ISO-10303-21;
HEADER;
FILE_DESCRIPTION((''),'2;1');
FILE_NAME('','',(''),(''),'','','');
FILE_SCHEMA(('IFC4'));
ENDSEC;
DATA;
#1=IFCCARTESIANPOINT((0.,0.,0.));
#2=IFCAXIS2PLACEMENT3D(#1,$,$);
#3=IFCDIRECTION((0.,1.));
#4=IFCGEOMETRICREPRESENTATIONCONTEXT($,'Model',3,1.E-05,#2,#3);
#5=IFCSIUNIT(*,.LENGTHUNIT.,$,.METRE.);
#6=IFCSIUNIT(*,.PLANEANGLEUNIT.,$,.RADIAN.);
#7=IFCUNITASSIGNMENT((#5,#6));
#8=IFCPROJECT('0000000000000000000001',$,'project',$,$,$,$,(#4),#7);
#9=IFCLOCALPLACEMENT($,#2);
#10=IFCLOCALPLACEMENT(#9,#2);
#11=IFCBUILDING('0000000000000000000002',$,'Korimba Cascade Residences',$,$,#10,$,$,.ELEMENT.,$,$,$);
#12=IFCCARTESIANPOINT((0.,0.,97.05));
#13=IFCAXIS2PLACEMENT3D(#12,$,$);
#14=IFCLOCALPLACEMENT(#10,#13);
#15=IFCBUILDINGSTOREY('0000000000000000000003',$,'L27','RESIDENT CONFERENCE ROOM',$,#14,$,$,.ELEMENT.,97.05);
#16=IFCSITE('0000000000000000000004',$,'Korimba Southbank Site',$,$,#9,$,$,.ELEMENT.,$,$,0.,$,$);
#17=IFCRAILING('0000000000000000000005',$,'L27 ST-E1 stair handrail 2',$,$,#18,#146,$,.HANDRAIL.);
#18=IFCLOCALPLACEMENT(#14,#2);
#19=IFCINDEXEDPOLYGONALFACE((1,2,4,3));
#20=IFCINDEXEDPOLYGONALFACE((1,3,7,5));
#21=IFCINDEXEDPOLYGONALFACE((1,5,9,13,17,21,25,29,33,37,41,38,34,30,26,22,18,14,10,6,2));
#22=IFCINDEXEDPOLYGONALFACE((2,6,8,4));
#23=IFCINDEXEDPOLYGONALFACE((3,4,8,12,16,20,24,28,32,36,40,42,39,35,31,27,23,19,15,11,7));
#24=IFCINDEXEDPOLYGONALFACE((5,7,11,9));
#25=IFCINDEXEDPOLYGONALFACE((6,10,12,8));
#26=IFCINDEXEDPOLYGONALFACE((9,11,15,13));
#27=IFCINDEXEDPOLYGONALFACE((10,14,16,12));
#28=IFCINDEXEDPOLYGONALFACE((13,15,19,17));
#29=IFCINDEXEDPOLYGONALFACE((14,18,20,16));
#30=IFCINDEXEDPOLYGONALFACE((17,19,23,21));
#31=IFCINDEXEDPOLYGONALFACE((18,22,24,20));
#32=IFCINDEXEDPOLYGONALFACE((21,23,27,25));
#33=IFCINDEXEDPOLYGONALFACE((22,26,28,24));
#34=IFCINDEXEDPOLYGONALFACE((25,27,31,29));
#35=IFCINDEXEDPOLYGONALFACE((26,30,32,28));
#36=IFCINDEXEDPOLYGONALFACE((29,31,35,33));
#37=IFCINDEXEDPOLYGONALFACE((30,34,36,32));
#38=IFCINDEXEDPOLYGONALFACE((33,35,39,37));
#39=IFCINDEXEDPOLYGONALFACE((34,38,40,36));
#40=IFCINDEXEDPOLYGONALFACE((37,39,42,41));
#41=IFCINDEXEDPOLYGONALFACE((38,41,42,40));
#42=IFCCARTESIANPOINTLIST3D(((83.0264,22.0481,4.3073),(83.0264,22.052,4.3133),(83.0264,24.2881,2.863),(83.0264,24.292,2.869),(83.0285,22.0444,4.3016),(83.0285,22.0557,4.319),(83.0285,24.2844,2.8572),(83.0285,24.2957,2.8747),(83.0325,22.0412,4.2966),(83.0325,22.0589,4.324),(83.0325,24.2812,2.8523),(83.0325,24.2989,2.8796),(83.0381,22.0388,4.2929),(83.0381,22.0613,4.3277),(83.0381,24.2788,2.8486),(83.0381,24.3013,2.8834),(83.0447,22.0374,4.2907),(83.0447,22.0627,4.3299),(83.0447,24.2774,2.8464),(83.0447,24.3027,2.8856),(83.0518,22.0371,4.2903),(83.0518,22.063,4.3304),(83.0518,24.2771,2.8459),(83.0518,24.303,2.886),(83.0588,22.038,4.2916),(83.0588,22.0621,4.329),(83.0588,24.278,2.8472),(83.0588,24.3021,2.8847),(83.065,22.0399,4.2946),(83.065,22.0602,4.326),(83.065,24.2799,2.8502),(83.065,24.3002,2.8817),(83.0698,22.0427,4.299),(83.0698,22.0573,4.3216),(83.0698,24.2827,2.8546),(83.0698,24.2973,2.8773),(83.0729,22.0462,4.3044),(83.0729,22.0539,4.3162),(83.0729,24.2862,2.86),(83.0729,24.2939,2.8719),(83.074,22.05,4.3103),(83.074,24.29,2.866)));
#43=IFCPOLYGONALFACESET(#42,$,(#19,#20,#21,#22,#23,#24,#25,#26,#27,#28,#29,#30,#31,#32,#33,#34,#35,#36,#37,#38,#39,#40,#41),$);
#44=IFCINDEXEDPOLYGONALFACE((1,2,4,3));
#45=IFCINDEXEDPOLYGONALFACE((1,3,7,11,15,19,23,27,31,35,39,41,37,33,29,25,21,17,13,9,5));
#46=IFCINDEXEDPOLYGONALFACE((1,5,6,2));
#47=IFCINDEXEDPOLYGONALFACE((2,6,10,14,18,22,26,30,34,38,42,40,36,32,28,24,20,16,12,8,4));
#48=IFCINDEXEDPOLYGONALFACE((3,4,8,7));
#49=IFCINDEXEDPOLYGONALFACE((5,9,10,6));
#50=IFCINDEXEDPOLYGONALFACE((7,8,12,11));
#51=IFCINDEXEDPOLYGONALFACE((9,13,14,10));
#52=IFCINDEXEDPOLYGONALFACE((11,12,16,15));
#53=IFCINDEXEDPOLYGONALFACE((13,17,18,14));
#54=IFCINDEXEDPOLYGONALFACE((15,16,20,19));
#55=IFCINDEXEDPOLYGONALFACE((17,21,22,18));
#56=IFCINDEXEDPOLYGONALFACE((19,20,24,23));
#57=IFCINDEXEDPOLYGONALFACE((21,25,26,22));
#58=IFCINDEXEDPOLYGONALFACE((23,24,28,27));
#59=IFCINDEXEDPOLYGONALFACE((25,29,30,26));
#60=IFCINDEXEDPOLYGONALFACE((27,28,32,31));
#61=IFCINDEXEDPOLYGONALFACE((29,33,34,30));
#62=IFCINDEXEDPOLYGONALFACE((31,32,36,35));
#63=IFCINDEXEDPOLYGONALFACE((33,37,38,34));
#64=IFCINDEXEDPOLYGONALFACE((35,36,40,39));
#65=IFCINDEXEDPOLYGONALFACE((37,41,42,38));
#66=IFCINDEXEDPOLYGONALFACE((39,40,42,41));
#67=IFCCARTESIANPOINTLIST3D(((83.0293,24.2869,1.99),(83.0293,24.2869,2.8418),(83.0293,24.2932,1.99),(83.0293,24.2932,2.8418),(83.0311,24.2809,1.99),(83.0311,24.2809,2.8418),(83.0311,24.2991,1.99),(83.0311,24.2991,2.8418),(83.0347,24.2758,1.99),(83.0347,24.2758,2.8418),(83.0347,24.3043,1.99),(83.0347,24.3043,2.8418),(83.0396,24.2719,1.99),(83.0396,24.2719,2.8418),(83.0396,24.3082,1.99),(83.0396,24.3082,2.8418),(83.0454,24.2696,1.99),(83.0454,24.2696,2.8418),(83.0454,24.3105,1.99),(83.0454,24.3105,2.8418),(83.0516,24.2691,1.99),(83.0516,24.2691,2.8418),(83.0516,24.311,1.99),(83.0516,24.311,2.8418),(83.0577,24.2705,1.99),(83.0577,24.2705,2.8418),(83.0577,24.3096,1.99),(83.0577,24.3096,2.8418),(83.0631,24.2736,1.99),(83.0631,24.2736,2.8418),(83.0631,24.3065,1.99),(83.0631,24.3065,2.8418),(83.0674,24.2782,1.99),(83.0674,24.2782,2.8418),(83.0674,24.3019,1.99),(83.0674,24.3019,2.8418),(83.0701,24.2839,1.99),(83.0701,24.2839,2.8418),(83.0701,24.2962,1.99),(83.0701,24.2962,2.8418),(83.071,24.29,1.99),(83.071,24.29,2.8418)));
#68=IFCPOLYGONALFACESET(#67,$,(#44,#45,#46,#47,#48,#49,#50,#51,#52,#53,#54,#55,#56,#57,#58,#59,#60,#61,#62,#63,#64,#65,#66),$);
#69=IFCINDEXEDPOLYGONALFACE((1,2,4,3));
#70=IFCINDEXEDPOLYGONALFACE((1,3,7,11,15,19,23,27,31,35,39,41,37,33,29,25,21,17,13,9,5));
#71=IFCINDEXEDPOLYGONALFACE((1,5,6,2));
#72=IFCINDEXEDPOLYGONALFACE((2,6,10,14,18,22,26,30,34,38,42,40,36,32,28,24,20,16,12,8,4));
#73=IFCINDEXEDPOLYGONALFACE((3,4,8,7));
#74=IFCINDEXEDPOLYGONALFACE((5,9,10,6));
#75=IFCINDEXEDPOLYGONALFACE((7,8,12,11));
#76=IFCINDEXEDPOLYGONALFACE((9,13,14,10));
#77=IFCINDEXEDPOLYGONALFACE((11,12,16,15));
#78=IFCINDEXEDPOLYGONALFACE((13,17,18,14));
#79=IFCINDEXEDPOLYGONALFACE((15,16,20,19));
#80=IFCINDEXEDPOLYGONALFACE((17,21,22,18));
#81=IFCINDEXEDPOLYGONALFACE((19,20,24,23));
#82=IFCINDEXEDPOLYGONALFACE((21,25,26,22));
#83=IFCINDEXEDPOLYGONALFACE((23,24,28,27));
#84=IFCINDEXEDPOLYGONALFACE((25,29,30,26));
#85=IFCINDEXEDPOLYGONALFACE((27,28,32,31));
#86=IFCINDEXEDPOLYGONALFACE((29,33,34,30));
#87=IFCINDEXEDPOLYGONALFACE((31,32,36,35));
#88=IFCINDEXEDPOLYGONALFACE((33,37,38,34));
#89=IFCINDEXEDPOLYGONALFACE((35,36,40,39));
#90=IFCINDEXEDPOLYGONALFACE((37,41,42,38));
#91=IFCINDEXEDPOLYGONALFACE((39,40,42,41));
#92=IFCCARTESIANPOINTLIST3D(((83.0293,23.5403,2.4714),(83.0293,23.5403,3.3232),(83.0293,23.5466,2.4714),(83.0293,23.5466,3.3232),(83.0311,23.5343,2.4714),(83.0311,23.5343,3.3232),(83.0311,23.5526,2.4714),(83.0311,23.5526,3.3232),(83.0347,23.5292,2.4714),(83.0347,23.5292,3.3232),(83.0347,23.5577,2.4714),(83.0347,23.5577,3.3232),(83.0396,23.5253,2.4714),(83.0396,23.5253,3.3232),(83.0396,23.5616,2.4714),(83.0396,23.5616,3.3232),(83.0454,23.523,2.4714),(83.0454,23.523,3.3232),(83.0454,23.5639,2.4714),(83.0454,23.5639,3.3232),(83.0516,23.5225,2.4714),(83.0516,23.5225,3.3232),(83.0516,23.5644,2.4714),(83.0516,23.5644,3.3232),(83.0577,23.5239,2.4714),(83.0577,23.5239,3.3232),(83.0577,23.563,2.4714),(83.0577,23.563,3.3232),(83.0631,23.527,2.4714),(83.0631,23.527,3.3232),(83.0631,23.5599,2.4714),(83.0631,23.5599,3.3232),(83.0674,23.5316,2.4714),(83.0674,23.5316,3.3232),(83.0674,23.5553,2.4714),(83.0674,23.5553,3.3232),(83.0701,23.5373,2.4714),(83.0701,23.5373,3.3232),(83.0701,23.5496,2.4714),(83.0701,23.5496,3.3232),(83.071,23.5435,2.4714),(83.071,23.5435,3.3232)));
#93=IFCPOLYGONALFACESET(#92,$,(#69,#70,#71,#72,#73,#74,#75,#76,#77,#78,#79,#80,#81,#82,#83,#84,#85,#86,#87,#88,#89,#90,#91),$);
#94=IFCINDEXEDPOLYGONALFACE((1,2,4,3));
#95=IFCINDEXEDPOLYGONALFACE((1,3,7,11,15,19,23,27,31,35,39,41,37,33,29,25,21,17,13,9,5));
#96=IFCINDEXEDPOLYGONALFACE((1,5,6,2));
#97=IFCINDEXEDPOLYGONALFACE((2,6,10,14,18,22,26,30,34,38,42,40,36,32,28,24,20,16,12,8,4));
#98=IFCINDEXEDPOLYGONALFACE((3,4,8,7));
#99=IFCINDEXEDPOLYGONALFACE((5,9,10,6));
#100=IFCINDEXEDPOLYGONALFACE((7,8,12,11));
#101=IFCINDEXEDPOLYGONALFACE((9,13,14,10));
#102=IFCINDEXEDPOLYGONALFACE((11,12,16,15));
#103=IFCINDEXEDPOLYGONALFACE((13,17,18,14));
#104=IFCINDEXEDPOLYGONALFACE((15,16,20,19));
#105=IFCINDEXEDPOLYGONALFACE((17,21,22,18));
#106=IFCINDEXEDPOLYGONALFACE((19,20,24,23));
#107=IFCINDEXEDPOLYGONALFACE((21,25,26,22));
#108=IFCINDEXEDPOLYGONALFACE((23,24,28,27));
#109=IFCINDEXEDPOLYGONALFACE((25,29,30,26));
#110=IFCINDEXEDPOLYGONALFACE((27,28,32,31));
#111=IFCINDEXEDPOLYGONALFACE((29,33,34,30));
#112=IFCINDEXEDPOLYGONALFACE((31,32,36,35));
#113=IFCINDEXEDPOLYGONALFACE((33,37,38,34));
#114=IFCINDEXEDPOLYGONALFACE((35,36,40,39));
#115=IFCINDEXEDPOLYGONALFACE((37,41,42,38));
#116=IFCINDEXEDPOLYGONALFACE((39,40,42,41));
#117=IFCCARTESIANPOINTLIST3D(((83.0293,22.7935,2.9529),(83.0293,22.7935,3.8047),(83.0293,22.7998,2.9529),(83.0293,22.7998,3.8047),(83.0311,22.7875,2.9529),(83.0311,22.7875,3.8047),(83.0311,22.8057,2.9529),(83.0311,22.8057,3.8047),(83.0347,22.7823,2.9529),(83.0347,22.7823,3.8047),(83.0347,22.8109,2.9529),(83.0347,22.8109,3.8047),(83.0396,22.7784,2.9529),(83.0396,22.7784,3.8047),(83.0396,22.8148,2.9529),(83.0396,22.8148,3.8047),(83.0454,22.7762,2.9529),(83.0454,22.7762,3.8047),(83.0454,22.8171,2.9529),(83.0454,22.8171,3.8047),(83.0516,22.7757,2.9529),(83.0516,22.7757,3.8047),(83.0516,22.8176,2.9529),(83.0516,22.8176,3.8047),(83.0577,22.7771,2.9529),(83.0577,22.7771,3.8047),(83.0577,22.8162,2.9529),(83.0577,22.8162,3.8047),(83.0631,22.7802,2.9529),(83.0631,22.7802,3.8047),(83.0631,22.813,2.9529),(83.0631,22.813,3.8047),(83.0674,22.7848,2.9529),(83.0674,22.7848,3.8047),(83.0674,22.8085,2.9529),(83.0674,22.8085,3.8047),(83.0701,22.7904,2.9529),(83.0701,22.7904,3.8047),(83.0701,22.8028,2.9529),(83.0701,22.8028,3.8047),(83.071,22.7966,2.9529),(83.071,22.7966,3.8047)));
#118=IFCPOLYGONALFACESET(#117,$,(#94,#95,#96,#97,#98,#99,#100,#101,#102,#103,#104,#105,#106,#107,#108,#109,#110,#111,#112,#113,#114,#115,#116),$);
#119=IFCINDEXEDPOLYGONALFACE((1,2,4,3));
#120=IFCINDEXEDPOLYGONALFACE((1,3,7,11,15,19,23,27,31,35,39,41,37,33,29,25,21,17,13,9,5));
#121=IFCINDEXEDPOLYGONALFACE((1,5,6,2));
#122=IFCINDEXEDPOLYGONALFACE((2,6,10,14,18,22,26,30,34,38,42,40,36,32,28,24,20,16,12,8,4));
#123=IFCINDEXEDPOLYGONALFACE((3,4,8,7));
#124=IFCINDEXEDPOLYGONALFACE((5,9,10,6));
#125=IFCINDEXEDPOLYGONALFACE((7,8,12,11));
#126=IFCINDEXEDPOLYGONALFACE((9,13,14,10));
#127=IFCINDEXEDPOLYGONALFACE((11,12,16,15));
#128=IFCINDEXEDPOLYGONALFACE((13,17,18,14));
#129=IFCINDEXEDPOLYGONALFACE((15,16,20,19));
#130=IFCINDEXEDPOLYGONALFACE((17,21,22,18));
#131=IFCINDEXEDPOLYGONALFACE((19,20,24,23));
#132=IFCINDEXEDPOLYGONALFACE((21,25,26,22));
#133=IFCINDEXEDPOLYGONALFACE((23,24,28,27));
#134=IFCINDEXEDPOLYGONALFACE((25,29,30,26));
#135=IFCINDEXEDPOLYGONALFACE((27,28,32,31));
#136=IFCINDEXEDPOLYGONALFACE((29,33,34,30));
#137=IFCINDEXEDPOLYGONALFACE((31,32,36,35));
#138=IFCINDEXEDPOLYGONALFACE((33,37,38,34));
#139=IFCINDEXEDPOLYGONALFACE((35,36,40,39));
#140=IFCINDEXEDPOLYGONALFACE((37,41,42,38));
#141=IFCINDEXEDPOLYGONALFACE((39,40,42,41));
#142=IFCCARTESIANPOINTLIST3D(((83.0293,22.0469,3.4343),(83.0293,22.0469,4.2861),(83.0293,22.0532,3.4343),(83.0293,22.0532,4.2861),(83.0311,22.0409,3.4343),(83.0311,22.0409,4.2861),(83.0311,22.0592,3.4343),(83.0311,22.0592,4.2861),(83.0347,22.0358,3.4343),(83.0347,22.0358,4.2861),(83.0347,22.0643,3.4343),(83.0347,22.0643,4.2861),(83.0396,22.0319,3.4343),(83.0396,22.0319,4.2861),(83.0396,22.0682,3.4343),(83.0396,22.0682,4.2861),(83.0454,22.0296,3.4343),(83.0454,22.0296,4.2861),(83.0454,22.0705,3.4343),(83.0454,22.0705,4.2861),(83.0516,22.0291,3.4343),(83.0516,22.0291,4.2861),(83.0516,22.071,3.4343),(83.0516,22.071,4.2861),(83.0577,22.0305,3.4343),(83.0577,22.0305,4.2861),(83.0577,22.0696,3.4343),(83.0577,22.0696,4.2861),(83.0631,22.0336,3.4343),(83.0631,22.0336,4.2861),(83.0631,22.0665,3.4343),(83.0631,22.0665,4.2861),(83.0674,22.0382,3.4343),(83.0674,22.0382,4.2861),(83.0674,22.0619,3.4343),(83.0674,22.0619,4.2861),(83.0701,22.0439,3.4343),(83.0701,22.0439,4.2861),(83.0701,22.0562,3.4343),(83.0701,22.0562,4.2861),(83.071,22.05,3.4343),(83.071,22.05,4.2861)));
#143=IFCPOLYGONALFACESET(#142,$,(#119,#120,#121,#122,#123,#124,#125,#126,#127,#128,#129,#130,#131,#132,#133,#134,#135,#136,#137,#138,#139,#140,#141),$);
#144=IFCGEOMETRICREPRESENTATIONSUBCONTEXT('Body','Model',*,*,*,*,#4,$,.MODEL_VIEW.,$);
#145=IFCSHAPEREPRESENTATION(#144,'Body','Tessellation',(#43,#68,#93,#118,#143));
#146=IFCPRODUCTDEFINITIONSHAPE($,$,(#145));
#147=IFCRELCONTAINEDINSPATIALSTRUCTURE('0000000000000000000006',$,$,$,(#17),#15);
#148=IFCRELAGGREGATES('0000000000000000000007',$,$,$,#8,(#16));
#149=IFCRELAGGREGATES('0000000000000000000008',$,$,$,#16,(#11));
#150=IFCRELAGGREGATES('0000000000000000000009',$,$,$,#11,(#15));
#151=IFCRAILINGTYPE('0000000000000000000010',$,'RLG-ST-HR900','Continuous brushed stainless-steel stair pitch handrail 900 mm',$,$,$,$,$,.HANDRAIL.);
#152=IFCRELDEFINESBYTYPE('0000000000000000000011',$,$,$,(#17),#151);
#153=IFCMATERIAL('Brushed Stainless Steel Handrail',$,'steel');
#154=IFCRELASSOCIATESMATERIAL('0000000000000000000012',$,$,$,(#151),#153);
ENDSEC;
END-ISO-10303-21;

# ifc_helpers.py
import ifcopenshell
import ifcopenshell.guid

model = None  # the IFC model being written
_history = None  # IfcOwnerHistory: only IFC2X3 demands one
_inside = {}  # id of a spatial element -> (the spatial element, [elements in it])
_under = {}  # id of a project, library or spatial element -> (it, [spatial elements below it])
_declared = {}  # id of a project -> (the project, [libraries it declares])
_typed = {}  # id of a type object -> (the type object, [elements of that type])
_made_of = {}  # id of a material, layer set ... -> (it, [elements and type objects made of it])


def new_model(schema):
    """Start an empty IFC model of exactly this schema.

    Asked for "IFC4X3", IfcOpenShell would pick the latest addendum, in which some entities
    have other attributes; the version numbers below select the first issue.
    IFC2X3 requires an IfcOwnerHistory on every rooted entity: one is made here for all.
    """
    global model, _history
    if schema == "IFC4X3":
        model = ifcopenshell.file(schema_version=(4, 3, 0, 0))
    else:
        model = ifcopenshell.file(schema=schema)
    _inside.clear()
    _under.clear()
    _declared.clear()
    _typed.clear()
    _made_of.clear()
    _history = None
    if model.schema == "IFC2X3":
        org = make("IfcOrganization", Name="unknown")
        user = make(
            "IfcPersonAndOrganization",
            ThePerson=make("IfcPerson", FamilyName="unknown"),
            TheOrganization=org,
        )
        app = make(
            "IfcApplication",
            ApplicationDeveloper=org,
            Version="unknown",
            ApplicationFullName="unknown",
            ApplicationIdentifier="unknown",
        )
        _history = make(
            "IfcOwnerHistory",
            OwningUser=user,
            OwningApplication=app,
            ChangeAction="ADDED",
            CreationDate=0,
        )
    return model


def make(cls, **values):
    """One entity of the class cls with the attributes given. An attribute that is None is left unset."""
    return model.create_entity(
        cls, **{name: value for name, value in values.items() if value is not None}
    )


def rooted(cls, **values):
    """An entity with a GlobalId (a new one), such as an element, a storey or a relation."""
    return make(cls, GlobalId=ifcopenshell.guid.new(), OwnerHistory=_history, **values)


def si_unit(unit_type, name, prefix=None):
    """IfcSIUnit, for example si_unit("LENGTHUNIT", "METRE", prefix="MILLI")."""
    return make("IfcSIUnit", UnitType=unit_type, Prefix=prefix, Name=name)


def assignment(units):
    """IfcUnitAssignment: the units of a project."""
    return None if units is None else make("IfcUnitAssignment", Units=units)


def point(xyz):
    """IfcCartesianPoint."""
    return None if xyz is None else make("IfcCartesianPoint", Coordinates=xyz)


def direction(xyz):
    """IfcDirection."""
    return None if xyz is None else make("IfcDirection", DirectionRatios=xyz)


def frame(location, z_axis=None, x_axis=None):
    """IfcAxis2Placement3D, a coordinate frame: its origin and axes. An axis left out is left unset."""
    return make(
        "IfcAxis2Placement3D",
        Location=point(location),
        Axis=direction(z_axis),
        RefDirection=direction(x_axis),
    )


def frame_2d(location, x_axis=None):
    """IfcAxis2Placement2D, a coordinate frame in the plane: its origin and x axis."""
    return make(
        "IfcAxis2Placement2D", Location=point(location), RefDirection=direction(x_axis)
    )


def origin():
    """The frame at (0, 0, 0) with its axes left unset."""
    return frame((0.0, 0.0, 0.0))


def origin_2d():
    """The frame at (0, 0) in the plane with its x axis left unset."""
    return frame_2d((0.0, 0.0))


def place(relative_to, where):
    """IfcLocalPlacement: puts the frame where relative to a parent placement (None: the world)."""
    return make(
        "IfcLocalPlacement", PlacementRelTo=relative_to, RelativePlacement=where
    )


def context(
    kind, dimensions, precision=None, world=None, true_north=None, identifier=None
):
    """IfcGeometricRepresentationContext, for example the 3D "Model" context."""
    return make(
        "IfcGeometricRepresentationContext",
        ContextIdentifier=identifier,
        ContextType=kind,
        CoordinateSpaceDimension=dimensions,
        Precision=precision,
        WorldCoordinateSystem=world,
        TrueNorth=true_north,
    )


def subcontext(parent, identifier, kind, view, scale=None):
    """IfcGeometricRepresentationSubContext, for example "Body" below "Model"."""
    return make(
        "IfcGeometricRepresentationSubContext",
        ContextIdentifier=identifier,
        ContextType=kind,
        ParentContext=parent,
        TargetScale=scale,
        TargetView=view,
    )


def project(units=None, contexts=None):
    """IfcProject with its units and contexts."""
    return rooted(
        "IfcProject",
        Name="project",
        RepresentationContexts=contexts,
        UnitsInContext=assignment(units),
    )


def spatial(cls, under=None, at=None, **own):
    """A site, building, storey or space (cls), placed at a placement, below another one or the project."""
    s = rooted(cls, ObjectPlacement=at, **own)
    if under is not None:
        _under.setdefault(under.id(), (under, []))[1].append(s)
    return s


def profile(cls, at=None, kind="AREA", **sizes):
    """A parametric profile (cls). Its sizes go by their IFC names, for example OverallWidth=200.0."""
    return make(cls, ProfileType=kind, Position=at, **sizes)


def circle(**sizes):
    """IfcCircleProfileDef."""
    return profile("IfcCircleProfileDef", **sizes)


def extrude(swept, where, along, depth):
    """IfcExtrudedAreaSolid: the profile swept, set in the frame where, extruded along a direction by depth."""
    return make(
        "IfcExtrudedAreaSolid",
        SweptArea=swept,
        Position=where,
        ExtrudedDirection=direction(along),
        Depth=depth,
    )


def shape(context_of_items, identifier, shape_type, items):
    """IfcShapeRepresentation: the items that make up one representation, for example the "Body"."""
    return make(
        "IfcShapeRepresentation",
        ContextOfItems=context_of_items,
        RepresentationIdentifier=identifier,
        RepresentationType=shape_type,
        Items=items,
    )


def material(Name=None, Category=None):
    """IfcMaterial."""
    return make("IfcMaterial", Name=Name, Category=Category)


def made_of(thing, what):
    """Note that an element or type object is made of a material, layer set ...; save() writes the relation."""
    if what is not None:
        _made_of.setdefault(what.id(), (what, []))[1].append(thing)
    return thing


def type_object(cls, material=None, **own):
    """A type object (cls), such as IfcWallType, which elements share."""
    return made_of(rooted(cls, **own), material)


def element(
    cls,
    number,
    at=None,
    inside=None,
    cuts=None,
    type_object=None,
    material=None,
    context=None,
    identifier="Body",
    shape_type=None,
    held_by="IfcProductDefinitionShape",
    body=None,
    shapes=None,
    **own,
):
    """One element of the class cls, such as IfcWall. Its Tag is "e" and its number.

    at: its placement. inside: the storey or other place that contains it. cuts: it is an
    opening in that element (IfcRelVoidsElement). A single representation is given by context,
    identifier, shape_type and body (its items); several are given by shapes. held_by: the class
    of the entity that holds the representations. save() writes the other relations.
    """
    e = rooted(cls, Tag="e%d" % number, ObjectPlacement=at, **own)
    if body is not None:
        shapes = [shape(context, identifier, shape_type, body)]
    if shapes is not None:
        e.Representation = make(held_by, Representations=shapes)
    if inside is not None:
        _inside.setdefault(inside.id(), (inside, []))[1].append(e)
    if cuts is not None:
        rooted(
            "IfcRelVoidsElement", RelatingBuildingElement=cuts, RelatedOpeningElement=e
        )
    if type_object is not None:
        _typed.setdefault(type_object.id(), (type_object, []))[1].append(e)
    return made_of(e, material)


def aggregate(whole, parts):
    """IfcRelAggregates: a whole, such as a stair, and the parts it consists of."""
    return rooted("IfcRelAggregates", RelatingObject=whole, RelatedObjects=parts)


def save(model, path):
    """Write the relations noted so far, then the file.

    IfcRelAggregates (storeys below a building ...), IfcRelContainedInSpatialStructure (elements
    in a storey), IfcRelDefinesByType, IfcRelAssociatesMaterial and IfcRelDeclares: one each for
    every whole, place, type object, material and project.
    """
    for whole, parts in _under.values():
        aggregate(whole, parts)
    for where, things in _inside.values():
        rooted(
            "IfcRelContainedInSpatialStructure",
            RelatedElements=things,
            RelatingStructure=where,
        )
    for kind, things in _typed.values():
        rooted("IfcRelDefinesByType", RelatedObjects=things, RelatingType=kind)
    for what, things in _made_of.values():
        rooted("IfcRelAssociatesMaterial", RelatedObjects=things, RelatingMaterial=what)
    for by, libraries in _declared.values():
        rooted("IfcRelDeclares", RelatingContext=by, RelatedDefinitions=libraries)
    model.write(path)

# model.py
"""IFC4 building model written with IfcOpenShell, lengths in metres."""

from ifc_helpers import new_model, si_unit, direction, frame, origin, origin_2d, place, context, subcontext, project, spatial, circle, extrude, material, type_object, element, save


model = new_model("IFC4")

# Units and contexts
model_context = context("Model", 3, precision=1e-05, world=origin(), true_north=direction((0.0, 1.0)))
body_context = subcontext(model_context, "Body", "Model", "MODEL_VIEW")
ifc_project = project(units=[si_unit("LENGTHUNIT", "METRE"), si_unit("PLANEANGLEUNIT", "RADIAN")], contexts=[model_context])

# Site, building, storey
site_placement = place(None, origin())
site = spatial("IfcSite", under=ifc_project, at=site_placement, Name="Korimba Southbank Site", CompositionType="ELEMENT", RefElevation=0.0)
building_placement = place(site_placement, origin())
building = spatial("IfcBuilding", under=site, at=building_placement, Name="Korimba Cascade Residences", CompositionType="ELEMENT")
storey_placement = place(building_placement, frame((0.0, 0.0, 97.05)))
storey = spatial("IfcBuildingStorey", under=building, at=storey_placement, Name="L27", Description="RESIDENT CONFERENCE ROOM", CompositionType="ELEMENT", Elevation=97.05)

# Railing
ifc_material_1 = material(Name="Brushed Stainless Steel Handrail", Category="steel")
railing_type_1 = type_object("IfcRailingType", Name="RLG-ST-HR900", Description="Continuous brushed stainless-steel stair pitch handrail 900 mm", PredefinedType="HANDRAIL", material=ifc_material_1)
railing_1_placement = place(storey_placement, frame((83.05, 24.29, 1.99)))
element("IfcRailing", 1, at=railing_1_placement, inside=storey, type_object=railing_type_1, Name="L27 ST-E1 stair handrail 2", PredefinedType="HANDRAIL", context=body_context, shape_type="SweptSolid", body=[
    extrude(circle(Radius=0.0239, at=origin_2d()), frame((0.0, 0.0, 0.876), z_axis=(0.0, -0.840437, 0.54191), x_axis=(1.0, 0.0, 0.0)), (0.0, 0.0, 1.0), 2.6653),
    extrude(circle(Radius=0.021, at=origin_2d()), origin(), (0.0, 0.0, 1.0), 0.8518),
    extrude(circle(Radius=0.021, at=origin_2d()), frame((0.0, -0.7466, 0.4814)), (0.0, 0.0, 1.0), 0.8518),
    extrude(circle(Radius=0.021, at=origin_2d()), frame((0.0, -1.4934, 0.9629)), (0.0, 0.0, 1.0), 0.8518),
    extrude(circle(Radius=0.021, at=origin_2d()), frame((0.0, -2.24, 1.4443)), (0.0, 0.0, 1.0), 0.8518),
])

save(model, "model.ifc")
